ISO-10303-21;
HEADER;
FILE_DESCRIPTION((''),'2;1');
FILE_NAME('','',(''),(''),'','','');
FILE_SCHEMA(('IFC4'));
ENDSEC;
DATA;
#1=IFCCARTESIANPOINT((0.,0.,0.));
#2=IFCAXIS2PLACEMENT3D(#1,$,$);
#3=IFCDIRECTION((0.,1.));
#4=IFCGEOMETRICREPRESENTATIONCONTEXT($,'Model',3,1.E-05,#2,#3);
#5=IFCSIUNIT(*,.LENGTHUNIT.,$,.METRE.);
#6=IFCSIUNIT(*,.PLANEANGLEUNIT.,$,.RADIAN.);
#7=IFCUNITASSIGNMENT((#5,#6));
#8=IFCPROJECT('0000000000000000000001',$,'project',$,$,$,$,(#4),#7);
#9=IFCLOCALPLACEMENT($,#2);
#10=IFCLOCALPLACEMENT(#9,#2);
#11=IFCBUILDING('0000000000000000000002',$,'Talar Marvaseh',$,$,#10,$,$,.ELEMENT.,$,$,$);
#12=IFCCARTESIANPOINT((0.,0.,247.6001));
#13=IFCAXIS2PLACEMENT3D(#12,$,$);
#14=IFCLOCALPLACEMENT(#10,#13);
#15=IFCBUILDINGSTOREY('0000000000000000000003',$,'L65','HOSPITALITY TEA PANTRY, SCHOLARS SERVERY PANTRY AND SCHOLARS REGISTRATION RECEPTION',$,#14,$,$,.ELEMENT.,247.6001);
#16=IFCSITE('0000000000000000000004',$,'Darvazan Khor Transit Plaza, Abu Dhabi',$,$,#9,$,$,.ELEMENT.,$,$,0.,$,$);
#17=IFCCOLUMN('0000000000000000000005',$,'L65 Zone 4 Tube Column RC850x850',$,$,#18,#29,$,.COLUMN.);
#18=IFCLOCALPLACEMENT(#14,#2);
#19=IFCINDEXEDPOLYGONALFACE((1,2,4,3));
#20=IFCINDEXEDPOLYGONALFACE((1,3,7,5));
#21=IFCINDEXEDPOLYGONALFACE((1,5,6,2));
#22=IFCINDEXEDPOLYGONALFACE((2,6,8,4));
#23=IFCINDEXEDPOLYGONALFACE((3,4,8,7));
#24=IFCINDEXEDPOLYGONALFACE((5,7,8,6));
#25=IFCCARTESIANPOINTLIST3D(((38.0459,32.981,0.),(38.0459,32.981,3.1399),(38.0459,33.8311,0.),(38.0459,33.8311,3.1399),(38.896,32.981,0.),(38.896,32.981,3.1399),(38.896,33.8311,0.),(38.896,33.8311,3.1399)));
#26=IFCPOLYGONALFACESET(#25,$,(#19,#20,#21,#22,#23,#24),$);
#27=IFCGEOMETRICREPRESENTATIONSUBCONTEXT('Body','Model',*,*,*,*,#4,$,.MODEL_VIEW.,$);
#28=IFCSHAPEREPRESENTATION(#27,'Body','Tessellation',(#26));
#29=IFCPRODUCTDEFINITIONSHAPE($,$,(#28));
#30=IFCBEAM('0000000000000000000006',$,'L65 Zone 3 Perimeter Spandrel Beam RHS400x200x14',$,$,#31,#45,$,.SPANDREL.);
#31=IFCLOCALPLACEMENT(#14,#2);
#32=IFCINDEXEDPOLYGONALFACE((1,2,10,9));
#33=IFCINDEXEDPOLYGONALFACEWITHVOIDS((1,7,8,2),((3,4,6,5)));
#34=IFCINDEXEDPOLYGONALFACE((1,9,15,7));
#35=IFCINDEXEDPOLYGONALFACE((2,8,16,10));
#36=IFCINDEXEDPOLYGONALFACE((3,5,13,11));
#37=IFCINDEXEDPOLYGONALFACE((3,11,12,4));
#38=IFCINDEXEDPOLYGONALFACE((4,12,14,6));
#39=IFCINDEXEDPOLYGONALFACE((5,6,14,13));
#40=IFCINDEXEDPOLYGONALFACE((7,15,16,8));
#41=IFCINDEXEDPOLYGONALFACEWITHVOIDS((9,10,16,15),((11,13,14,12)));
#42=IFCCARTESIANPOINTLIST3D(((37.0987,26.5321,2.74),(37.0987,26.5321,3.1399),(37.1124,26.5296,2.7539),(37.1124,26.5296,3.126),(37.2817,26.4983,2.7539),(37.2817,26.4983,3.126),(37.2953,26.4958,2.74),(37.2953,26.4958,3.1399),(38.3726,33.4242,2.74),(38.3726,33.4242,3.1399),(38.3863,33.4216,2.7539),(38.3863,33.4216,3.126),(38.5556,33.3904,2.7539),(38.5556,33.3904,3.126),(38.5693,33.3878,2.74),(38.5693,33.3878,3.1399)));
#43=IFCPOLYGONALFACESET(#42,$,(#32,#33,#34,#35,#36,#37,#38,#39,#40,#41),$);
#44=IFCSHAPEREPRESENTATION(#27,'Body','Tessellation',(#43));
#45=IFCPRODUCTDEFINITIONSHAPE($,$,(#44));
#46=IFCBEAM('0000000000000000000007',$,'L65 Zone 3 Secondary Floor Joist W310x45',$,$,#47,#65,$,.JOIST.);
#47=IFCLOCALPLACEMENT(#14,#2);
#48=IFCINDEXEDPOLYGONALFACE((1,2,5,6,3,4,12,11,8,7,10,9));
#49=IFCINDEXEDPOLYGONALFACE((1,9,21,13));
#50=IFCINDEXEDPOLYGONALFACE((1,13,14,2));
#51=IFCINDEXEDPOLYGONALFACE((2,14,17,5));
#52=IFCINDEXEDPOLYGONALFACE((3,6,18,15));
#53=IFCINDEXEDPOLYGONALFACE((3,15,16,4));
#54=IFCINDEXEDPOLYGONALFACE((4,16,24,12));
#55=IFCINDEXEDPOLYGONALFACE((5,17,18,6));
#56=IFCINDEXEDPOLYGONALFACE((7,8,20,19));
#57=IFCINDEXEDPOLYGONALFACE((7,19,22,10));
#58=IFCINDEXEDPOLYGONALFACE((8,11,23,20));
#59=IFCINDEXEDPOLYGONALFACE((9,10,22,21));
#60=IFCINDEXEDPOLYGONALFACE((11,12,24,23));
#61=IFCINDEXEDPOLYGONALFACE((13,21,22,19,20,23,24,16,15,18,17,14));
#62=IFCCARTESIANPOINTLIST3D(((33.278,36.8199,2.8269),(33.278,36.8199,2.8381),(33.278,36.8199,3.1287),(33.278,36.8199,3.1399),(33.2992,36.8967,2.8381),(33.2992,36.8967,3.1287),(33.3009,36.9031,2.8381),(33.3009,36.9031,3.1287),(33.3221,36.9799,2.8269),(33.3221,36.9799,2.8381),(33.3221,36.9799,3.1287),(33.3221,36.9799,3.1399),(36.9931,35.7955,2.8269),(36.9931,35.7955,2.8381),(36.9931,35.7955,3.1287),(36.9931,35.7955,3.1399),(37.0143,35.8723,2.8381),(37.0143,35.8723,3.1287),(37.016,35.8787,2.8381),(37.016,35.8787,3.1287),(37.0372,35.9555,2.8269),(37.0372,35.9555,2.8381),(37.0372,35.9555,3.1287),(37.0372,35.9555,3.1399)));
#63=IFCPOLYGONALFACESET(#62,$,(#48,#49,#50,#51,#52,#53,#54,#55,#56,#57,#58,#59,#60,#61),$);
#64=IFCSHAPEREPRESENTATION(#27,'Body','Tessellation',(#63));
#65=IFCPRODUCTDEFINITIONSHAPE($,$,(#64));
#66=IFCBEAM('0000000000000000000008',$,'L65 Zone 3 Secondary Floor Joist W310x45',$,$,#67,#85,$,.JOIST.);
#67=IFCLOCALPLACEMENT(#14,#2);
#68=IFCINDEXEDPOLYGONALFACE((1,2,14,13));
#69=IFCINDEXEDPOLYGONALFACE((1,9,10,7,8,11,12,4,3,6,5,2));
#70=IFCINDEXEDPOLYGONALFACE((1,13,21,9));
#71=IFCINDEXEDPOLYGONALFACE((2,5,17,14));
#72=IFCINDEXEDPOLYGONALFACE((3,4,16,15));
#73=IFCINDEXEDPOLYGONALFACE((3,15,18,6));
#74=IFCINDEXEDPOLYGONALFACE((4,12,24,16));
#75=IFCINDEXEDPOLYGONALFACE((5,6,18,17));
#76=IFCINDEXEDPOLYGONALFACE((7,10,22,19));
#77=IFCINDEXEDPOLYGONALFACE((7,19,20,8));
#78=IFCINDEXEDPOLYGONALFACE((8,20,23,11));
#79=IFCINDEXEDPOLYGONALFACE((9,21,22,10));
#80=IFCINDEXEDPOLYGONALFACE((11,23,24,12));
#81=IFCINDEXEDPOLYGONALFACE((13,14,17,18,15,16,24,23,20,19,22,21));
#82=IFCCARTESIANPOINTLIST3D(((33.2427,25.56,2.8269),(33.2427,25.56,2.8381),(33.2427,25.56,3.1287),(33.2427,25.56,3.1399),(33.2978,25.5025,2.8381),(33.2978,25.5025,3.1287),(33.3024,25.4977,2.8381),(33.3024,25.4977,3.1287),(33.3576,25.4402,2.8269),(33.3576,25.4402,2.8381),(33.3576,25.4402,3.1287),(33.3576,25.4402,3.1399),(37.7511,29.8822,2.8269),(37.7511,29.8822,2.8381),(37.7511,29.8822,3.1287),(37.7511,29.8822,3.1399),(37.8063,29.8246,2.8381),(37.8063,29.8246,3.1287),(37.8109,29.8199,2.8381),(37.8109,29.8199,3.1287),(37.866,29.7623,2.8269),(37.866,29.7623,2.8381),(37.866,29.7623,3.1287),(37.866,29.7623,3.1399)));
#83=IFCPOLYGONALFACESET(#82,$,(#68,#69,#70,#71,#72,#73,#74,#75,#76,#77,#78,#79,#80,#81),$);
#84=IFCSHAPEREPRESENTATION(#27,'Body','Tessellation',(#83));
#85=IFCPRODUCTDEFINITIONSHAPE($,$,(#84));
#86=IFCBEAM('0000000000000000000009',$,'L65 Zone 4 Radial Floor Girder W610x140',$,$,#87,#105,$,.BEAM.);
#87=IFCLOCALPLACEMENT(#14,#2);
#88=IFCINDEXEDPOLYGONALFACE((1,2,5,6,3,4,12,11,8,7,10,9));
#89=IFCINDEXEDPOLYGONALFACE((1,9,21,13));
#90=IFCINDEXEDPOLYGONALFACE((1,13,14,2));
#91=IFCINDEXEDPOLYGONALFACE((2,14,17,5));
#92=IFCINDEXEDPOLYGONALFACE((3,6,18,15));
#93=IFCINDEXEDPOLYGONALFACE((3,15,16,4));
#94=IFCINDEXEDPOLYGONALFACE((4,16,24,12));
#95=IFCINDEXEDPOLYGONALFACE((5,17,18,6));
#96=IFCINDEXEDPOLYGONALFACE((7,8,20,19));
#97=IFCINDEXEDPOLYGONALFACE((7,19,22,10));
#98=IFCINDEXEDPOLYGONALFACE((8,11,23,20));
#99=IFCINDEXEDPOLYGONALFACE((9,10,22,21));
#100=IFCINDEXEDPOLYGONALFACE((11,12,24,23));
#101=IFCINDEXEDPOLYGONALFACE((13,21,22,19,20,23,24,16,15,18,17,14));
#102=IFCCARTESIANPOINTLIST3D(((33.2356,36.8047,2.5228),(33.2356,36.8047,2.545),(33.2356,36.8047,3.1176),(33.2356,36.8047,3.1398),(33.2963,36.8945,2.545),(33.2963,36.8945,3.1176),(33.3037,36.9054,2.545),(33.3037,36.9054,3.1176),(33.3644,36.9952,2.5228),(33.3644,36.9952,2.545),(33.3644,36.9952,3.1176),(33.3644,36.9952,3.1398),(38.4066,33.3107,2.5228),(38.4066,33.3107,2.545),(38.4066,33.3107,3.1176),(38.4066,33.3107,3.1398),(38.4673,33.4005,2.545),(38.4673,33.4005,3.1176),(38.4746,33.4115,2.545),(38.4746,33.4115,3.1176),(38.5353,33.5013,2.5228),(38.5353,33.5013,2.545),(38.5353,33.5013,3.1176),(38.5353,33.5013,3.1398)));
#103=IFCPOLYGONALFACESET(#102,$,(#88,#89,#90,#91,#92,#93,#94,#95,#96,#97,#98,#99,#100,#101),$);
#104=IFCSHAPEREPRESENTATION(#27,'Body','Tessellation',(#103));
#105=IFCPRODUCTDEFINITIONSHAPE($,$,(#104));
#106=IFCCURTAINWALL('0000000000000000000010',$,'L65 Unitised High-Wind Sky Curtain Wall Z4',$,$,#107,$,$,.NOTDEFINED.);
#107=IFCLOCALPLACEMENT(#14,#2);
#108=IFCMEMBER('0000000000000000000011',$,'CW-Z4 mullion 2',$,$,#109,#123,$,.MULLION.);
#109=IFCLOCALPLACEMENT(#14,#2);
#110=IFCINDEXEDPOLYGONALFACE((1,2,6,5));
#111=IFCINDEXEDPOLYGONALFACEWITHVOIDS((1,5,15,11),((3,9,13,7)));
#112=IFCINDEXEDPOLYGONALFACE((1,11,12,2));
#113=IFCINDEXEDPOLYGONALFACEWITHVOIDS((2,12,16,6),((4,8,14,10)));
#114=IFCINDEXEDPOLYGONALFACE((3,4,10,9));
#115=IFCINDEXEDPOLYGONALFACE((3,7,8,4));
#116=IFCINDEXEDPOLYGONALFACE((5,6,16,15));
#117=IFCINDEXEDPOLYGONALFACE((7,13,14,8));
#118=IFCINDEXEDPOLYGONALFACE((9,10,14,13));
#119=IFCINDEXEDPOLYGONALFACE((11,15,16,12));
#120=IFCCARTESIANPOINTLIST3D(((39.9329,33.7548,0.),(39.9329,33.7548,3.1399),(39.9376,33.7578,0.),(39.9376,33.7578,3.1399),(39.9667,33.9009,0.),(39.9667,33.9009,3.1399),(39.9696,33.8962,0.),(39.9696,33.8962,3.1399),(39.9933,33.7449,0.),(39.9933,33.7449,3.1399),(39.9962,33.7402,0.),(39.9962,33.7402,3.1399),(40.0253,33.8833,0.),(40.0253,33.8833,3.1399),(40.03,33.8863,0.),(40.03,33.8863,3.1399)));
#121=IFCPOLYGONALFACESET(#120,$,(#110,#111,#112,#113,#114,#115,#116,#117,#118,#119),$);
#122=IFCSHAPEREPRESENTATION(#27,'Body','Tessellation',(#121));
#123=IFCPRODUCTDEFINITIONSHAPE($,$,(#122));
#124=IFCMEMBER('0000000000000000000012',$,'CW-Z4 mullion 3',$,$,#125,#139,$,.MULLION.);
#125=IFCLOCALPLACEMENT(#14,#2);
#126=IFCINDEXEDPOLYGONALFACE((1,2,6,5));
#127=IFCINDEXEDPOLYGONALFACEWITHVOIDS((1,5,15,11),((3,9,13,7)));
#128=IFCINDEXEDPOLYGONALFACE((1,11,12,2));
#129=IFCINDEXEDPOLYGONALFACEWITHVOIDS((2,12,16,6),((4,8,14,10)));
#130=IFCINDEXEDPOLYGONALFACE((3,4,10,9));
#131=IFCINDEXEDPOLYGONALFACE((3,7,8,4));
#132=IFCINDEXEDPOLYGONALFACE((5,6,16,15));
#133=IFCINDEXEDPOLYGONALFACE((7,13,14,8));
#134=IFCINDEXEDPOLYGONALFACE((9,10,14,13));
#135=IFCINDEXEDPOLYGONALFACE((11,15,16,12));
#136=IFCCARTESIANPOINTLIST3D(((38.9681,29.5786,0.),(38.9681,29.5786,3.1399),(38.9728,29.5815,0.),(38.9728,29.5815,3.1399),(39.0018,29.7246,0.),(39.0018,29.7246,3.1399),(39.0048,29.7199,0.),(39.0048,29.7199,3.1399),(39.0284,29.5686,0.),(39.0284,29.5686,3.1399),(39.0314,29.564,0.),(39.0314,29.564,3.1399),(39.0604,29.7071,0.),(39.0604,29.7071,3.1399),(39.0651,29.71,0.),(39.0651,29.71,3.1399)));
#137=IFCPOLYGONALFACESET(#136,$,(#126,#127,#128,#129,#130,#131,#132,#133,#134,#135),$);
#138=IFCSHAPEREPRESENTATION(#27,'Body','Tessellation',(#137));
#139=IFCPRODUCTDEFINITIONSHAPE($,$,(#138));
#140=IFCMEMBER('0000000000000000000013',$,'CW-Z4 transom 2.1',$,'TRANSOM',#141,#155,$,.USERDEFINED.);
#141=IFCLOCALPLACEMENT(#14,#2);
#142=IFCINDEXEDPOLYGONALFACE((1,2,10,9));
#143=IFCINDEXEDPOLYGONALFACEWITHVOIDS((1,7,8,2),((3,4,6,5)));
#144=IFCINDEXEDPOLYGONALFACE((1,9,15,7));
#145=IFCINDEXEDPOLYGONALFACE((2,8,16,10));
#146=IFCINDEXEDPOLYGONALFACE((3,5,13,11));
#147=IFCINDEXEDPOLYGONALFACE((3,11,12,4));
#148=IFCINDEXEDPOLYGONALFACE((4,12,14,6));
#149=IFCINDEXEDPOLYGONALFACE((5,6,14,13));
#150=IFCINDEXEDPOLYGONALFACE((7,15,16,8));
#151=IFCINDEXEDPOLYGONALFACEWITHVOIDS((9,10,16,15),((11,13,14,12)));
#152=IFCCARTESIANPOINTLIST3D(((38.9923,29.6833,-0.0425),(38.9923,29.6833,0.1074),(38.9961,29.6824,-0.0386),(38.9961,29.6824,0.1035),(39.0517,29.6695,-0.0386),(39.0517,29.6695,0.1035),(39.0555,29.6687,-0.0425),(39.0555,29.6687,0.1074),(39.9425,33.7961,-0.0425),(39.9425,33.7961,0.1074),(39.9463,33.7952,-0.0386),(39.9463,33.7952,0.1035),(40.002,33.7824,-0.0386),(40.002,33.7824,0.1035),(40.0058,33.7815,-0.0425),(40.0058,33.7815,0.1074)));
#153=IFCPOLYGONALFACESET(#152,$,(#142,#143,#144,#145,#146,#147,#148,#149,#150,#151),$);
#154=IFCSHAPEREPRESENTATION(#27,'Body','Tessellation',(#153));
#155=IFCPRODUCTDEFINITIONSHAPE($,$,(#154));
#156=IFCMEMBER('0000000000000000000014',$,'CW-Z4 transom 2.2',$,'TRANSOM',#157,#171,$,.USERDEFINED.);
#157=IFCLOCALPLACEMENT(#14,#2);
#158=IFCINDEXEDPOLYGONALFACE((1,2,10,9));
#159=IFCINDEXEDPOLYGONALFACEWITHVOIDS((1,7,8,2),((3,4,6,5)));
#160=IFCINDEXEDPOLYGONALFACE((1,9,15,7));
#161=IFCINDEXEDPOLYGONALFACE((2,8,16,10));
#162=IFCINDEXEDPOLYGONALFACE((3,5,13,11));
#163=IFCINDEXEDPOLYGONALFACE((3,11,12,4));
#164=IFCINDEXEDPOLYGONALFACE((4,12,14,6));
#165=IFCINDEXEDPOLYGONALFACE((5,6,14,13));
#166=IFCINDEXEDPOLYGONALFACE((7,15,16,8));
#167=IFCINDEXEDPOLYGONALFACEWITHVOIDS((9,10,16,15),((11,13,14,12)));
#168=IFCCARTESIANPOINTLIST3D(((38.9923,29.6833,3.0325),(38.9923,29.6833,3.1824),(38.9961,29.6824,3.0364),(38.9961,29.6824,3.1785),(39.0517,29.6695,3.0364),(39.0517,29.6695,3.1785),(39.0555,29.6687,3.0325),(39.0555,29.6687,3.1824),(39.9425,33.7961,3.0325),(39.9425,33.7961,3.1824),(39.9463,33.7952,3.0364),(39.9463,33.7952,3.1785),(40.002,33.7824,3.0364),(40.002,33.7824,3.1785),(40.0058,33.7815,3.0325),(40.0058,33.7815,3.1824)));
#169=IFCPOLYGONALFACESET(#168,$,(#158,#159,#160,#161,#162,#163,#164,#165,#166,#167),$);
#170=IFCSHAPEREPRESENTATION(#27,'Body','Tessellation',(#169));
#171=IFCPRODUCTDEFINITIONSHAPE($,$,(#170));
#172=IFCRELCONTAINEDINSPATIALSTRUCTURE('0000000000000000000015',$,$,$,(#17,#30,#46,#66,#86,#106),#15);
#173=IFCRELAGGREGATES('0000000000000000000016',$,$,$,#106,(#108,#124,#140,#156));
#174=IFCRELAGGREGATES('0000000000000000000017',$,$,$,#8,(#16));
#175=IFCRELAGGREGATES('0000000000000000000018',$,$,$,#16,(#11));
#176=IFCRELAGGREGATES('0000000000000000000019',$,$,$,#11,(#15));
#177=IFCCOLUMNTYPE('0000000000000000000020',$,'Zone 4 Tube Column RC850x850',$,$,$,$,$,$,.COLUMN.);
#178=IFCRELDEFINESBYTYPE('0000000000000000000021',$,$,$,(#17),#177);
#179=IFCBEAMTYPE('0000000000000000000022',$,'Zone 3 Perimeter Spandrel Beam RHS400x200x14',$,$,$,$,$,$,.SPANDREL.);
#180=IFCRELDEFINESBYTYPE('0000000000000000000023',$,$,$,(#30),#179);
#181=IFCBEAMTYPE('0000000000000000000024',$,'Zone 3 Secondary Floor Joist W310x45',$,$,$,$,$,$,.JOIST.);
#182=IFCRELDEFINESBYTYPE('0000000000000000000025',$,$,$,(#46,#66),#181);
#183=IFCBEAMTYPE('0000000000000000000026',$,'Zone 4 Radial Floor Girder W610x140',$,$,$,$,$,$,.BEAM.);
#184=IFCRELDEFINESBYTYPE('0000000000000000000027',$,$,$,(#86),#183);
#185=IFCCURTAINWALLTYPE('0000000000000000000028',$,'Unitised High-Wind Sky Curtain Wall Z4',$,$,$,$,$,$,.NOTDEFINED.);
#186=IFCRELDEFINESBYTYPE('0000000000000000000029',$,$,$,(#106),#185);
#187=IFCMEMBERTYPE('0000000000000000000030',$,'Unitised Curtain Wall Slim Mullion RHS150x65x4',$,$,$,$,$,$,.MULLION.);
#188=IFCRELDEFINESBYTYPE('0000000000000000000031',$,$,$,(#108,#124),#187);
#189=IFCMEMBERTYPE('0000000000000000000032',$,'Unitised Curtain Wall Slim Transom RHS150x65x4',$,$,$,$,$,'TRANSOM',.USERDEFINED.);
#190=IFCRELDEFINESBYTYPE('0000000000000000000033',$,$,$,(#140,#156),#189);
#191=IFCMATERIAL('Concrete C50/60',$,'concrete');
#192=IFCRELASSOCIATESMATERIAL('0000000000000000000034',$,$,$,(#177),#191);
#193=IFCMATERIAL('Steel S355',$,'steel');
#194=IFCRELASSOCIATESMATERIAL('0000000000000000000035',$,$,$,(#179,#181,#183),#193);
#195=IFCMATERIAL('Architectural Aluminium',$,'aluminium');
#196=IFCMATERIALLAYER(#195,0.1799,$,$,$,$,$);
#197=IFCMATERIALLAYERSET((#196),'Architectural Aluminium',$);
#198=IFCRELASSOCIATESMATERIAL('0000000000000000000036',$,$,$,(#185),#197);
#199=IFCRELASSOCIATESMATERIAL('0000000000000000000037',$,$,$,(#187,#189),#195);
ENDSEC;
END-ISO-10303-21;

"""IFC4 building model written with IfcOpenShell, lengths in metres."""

from ifc_helpers import new_model, si_unit, direction, frame, origin, origin_2d, place, context, subcontext, project, spatial, rectangle, hollow_rectangle, i_section, extrude, source, transform, mapped, material, layer, layer_set, material_profile, profile_set, type_object, type_shapes, element, aggregate, save


model = new_model("IFC4")

# Units and contexts
model_context = context("Model", 3, precision=1e-05, world=origin(), true_north=direction((0.0, 1.0)))
body_context = subcontext(model_context, "Body", "Model", "MODEL_VIEW")
ifc_project = project(units=[si_unit("LENGTHUNIT", "METRE"), si_unit("PLANEANGLEUNIT", "RADIAN")], contexts=[model_context])

# Site, building, storey
site_placement = place(None, origin())
site = spatial("IfcSite", under=ifc_project, at=site_placement, Name="Darvazan Khor Transit Plaza, Abu Dhabi", CompositionType="ELEMENT", RefElevation=0.0)
building_placement = place(site_placement, origin())
building = spatial("IfcBuilding", under=site, at=building_placement, Name="Talar Marvaseh", CompositionType="ELEMENT")
storey_placement = place(building_placement, frame((0.0, 0.0, 247.6001)))
storey = spatial("IfcBuildingStorey", under=building, at=storey_placement, Name="L65", Description="HOSPITALITY TEA PANTRY, SCHOLARS SERVERY PANTRY AND SCHOLARS REGISTRATION RECEPTION", CompositionType="ELEMENT", Elevation=247.6001)

# Column
ifc_material_1 = material(Name="Concrete C50/60", Category="concrete")
ifc_material_profile_1 = material_profile(ifc_material_1, rectangle(XDim=0.8501, YDim=0.8501, at=origin_2d()), Name="RC850x850")
ifc_profile_set_1 = profile_set([ifc_material_profile_1], Name="Concrete C50/60")
column_type = type_object("IfcColumnType", Name="Zone 4 Tube Column RC850x850", PredefinedType="COLUMN", material=ifc_profile_set_1)
column_placement = place(storey_placement, frame((38.4709, 33.406, 0.0), z_axis=(0.0, 0.0, 1.0), x_axis=(1.0, 0.0, 0.0)))
element("IfcColumn", 1, at=column_placement, inside=storey, type_object=column_type, Name="L65 Zone 4 Tube Column RC850x850", PredefinedType="COLUMN", context=body_context, shape_type="SweptSolid", body=[
    extrude(rectangle(XDim=0.8501, YDim=0.8501, at=origin_2d()), origin(), (0.0, 0.0, 1.0), 3.1399),
])

# Beams
ifc_material_2 = material(Name="Steel S355", Category="steel")
ifc_material_profile_2 = material_profile(ifc_material_2, hollow_rectangle(XDim=0.2, YDim=0.3999, WallThickness=0.0139, at=origin_2d()), Name="RHS400x200x14")
ifc_profile_set_2 = profile_set([ifc_material_profile_2], Name="Steel S355")
beam_type_1 = type_object("IfcBeamType", Name="Zone 3 Perimeter Spandrel Beam RHS400x200x14", PredefinedType="SPANDREL", material=ifc_profile_set_2)
beam_1_placement = place(storey_placement, frame((38.4709, 33.406, 2.9399), z_axis=(-0.18176, -0.983343, 0.0), x_axis=(0.983343, -0.18176, 0.0)))
element("IfcBeam", 2, at=beam_1_placement, inside=storey, type_object=beam_type_1, Name="L65 Zone 3 Perimeter Spandrel Beam RHS400x200x14", PredefinedType="SPANDREL", context=body_context, shape_type="SweptSolid", body=[
    extrude(hollow_rectangle(XDim=0.2, YDim=0.3999, WallThickness=0.0139, at=origin_2d()), origin(), (0.0, 0.0, 1.0), 7.0088),
])
ifc_material_profile_3 = material_profile(ifc_material_2, i_section(OverallWidth=0.166, OverallDepth=0.313, WebThickness=0.0066, FlangeThickness=0.0112, at=origin_2d()), Name="W310x45")
ifc_profile_set_3 = profile_set([ifc_material_profile_3], Name="Steel S355")
beam_type_2 = type_object("IfcBeamType", Name="Zone 3 Secondary Floor Joist W310x45", PredefinedType="JOIST", material=ifc_profile_set_3)
beam_2_placement = place(storey_placement, frame((37.0151, 35.8755, 2.9834), z_axis=(-0.964022, 0.265823, 0.0), x_axis=(-0.265823, -0.964022, 0.0)))
element("IfcBeam", 3, at=beam_2_placement, inside=storey, type_object=beam_type_2, Name="L65 Zone 3 Secondary Floor Joist W310x45", PredefinedType="JOIST", context=body_context, shape_type="SweptSolid", body=[
    extrude(i_section(OverallWidth=0.166, OverallDepth=0.313, WebThickness=0.0066, FlangeThickness=0.0112, at=origin_2d()), origin(), (0.0, 0.0, 1.0), 3.8538),
])
beam_3_placement = place(storey_placement, frame((37.8086, 29.8223, 2.9834), z_axis=(-0.721862, -0.692037, 0.0), x_axis=(0.692037, -0.721862, 0.0)))
element("IfcBeam", 4, at=beam_3_placement, inside=storey, type_object=beam_type_2, Name="L65 Zone 3 Secondary Floor Joist W310x45", PredefinedType="JOIST", context=body_context, shape_type="SweptSolid", body=[
    extrude(i_section(OverallWidth=0.166, OverallDepth=0.313, WebThickness=0.0066, FlangeThickness=0.0112, at=origin_2d()), origin(), (0.0, 0.0, 1.0), 6.2456),
])
ifc_material_profile_4 = material_profile(ifc_material_2, i_section(OverallWidth=0.23, OverallDepth=0.6169, WebThickness=0.0132, FlangeThickness=0.0222, at=origin_2d()), Name="W610x140")
ifc_profile_set_4 = profile_set([ifc_material_profile_4], Name="Steel S355")
beam_type_3 = type_object("IfcBeamType", Name="Zone 4 Radial Floor Girder W610x140", PredefinedType="BEAM", material=ifc_profile_set_4)
beam_4_placement = place(storey_placement, frame((38.4709, 33.406, 2.8313), z_axis=(-0.828586, 0.559862, 0.0), x_axis=(-0.559862, -0.828586, 0.0)))
element("IfcBeam", 5, at=beam_4_placement, inside=storey, type_object=beam_type_3, Name="L65 Zone 4 Radial Floor Girder W610x140", PredefinedType="BEAM", context=body_context, shape_type="SweptSolid", body=[
    extrude(i_section(OverallWidth=0.23, OverallDepth=0.6169, WebThickness=0.0132, FlangeThickness=0.0222, at=origin_2d()), origin(), (0.0, 0.0, 1.0), 6.2407),
])

# Curtain wall, members
ifc_material_3 = material(Name="Architectural Aluminium", Category="aluminium")
ifc_layer_1 = layer(ifc_material_3, 0.1799)
ifc_layer_set_1 = layer_set([ifc_layer_1], Name="Architectural Aluminium")
curtain_wall_type = type_object("IfcCurtainWallType", Name="Unitised High-Wind Sky Curtain Wall Z4", PredefinedType="NOTDEFINED", material=ifc_layer_set_1)
curtain_wall_placement = place(storey_placement, origin())
curtain_wall = element("IfcCurtainWall", 6, at=curtain_wall_placement, inside=storey, type_object=curtain_wall_type, Name="L65 Unitised High-Wind Sky Curtain Wall Z4", PredefinedType="NOTDEFINED")
ifc_material_profile_5 = material_profile(ifc_material_3, hollow_rectangle(XDim=0.0649, YDim=0.1499, WallThickness=0.0039, at=origin_2d()), Name="RHS150x65x4")
ifc_profile_set_5 = profile_set([ifc_material_profile_5], Name="Architectural Aluminium")
member_type_1 = type_object("IfcMemberType", Name="Unitised Curtain Wall Slim Mullion RHS150x65x4", PredefinedType="MULLION", material=ifc_profile_set_5)
shared_shape_1 = source(origin(), body_context, "Body", "SweptSolid", [
    extrude(hollow_rectangle(XDim=0.0649, YDim=0.1499, WallThickness=0.0039, at=origin_2d()), origin(), (0.0, 0.0, 1.0), 3.1399),
])
type_shapes(member_type_1, [shared_shape_1])
member_1_placement = place(storey_placement, frame((39.9814, 33.8206, 0.0), z_axis=(0.0, 0.0, 1.0), x_axis=(0.974335, -0.225103, 0.0)))
member_1 = element("IfcMember", 7, at=member_1_placement, type_object=member_type_1, Name="CW-Z4 mullion 2", PredefinedType="MULLION", context=body_context, shape_type="MappedRepresentation", body=[
    mapped(shared_shape_1, transform((0.0, 0.0, 0.0), x_axis=(1.0, 0.0, 0.0), y_axis=(0.0, 1.0, 0.0), z_axis=(0.0, 0.0, 1.0), scale=1.0)),
])
member_2_placement = place(storey_placement, frame((39.0166, 29.6443, 0.0), z_axis=(0.0, 0.0, 1.0), x_axis=(0.974335, -0.225103, 0.0)))
member_2 = element("IfcMember", 8, at=member_2_placement, type_object=member_type_1, Name="CW-Z4 mullion 3", PredefinedType="MULLION", context=body_context, shape_type="MappedRepresentation", body=[
    mapped(shared_shape_1, transform((0.0, 0.0, 0.0), x_axis=(1.0, 0.0, 0.0), y_axis=(0.0, 1.0, 0.0), z_axis=(0.0, 0.0, 1.0), scale=1.0)),
])
ifc_material_profile_6 = material_profile(ifc_material_3, hollow_rectangle(XDim=0.0649, YDim=0.1499, WallThickness=0.0039, at=origin_2d()), Name="RHS150x65x4")
ifc_profile_set_6 = profile_set([ifc_material_profile_6], Name="Architectural Aluminium")
member_type_2 = type_object("IfcMemberType", Name="Unitised Curtain Wall Slim Transom RHS150x65x4", ElementType="TRANSOM", PredefinedType="USERDEFINED", material=ifc_profile_set_6)
shared_shape_2 = source(origin(), body_context, "Body", "SweptSolid", [
    extrude(hollow_rectangle(XDim=0.0649, YDim=0.1499, WallThickness=0.0039, at=origin_2d()), origin(), (0.0, 0.0, 1.0), 4.2212),
])
type_shapes(member_type_2, [shared_shape_2])
member_3_placement = place(storey_placement, frame((39.9741, 33.7888, 0.0325), z_axis=(-0.225104, -0.974335, 0.0), x_axis=(0.974335, -0.225104, 0.0)))
member_3 = element("IfcMember", 9, at=member_3_placement, type_object=member_type_2, Name="CW-Z4 transom 2.1", ObjectType="TRANSOM", PredefinedType="USERDEFINED", context=body_context, shape_type="MappedRepresentation", body=[
    mapped(shared_shape_2, transform((0.0, 0.0, 0.0), x_axis=(1.0, 0.0, 0.0), y_axis=(0.0, 1.0, 0.0), z_axis=(0.0, 0.0, 1.0), scale=1.0)),
])
member_4_placement = place(storey_placement, frame((39.9741, 33.7888, 3.1074), z_axis=(-0.225104, -0.974335, 0.0), x_axis=(0.974335, -0.225104, 0.0)))
member_4 = element("IfcMember", 10, at=member_4_placement, type_object=member_type_2, Name="CW-Z4 transom 2.2", ObjectType="TRANSOM", PredefinedType="USERDEFINED", context=body_context, shape_type="MappedRepresentation", body=[
    mapped(shared_shape_2, transform((0.0, 0.0, 0.0), x_axis=(1.0, 0.0, 0.0), y_axis=(0.0, 1.0, 0.0), z_axis=(0.0, 0.0, 1.0), scale=1.0)),
])
aggregate(curtain_wall, [member_1, member_2, member_3, member_4])

save(model, "model.ifc")
